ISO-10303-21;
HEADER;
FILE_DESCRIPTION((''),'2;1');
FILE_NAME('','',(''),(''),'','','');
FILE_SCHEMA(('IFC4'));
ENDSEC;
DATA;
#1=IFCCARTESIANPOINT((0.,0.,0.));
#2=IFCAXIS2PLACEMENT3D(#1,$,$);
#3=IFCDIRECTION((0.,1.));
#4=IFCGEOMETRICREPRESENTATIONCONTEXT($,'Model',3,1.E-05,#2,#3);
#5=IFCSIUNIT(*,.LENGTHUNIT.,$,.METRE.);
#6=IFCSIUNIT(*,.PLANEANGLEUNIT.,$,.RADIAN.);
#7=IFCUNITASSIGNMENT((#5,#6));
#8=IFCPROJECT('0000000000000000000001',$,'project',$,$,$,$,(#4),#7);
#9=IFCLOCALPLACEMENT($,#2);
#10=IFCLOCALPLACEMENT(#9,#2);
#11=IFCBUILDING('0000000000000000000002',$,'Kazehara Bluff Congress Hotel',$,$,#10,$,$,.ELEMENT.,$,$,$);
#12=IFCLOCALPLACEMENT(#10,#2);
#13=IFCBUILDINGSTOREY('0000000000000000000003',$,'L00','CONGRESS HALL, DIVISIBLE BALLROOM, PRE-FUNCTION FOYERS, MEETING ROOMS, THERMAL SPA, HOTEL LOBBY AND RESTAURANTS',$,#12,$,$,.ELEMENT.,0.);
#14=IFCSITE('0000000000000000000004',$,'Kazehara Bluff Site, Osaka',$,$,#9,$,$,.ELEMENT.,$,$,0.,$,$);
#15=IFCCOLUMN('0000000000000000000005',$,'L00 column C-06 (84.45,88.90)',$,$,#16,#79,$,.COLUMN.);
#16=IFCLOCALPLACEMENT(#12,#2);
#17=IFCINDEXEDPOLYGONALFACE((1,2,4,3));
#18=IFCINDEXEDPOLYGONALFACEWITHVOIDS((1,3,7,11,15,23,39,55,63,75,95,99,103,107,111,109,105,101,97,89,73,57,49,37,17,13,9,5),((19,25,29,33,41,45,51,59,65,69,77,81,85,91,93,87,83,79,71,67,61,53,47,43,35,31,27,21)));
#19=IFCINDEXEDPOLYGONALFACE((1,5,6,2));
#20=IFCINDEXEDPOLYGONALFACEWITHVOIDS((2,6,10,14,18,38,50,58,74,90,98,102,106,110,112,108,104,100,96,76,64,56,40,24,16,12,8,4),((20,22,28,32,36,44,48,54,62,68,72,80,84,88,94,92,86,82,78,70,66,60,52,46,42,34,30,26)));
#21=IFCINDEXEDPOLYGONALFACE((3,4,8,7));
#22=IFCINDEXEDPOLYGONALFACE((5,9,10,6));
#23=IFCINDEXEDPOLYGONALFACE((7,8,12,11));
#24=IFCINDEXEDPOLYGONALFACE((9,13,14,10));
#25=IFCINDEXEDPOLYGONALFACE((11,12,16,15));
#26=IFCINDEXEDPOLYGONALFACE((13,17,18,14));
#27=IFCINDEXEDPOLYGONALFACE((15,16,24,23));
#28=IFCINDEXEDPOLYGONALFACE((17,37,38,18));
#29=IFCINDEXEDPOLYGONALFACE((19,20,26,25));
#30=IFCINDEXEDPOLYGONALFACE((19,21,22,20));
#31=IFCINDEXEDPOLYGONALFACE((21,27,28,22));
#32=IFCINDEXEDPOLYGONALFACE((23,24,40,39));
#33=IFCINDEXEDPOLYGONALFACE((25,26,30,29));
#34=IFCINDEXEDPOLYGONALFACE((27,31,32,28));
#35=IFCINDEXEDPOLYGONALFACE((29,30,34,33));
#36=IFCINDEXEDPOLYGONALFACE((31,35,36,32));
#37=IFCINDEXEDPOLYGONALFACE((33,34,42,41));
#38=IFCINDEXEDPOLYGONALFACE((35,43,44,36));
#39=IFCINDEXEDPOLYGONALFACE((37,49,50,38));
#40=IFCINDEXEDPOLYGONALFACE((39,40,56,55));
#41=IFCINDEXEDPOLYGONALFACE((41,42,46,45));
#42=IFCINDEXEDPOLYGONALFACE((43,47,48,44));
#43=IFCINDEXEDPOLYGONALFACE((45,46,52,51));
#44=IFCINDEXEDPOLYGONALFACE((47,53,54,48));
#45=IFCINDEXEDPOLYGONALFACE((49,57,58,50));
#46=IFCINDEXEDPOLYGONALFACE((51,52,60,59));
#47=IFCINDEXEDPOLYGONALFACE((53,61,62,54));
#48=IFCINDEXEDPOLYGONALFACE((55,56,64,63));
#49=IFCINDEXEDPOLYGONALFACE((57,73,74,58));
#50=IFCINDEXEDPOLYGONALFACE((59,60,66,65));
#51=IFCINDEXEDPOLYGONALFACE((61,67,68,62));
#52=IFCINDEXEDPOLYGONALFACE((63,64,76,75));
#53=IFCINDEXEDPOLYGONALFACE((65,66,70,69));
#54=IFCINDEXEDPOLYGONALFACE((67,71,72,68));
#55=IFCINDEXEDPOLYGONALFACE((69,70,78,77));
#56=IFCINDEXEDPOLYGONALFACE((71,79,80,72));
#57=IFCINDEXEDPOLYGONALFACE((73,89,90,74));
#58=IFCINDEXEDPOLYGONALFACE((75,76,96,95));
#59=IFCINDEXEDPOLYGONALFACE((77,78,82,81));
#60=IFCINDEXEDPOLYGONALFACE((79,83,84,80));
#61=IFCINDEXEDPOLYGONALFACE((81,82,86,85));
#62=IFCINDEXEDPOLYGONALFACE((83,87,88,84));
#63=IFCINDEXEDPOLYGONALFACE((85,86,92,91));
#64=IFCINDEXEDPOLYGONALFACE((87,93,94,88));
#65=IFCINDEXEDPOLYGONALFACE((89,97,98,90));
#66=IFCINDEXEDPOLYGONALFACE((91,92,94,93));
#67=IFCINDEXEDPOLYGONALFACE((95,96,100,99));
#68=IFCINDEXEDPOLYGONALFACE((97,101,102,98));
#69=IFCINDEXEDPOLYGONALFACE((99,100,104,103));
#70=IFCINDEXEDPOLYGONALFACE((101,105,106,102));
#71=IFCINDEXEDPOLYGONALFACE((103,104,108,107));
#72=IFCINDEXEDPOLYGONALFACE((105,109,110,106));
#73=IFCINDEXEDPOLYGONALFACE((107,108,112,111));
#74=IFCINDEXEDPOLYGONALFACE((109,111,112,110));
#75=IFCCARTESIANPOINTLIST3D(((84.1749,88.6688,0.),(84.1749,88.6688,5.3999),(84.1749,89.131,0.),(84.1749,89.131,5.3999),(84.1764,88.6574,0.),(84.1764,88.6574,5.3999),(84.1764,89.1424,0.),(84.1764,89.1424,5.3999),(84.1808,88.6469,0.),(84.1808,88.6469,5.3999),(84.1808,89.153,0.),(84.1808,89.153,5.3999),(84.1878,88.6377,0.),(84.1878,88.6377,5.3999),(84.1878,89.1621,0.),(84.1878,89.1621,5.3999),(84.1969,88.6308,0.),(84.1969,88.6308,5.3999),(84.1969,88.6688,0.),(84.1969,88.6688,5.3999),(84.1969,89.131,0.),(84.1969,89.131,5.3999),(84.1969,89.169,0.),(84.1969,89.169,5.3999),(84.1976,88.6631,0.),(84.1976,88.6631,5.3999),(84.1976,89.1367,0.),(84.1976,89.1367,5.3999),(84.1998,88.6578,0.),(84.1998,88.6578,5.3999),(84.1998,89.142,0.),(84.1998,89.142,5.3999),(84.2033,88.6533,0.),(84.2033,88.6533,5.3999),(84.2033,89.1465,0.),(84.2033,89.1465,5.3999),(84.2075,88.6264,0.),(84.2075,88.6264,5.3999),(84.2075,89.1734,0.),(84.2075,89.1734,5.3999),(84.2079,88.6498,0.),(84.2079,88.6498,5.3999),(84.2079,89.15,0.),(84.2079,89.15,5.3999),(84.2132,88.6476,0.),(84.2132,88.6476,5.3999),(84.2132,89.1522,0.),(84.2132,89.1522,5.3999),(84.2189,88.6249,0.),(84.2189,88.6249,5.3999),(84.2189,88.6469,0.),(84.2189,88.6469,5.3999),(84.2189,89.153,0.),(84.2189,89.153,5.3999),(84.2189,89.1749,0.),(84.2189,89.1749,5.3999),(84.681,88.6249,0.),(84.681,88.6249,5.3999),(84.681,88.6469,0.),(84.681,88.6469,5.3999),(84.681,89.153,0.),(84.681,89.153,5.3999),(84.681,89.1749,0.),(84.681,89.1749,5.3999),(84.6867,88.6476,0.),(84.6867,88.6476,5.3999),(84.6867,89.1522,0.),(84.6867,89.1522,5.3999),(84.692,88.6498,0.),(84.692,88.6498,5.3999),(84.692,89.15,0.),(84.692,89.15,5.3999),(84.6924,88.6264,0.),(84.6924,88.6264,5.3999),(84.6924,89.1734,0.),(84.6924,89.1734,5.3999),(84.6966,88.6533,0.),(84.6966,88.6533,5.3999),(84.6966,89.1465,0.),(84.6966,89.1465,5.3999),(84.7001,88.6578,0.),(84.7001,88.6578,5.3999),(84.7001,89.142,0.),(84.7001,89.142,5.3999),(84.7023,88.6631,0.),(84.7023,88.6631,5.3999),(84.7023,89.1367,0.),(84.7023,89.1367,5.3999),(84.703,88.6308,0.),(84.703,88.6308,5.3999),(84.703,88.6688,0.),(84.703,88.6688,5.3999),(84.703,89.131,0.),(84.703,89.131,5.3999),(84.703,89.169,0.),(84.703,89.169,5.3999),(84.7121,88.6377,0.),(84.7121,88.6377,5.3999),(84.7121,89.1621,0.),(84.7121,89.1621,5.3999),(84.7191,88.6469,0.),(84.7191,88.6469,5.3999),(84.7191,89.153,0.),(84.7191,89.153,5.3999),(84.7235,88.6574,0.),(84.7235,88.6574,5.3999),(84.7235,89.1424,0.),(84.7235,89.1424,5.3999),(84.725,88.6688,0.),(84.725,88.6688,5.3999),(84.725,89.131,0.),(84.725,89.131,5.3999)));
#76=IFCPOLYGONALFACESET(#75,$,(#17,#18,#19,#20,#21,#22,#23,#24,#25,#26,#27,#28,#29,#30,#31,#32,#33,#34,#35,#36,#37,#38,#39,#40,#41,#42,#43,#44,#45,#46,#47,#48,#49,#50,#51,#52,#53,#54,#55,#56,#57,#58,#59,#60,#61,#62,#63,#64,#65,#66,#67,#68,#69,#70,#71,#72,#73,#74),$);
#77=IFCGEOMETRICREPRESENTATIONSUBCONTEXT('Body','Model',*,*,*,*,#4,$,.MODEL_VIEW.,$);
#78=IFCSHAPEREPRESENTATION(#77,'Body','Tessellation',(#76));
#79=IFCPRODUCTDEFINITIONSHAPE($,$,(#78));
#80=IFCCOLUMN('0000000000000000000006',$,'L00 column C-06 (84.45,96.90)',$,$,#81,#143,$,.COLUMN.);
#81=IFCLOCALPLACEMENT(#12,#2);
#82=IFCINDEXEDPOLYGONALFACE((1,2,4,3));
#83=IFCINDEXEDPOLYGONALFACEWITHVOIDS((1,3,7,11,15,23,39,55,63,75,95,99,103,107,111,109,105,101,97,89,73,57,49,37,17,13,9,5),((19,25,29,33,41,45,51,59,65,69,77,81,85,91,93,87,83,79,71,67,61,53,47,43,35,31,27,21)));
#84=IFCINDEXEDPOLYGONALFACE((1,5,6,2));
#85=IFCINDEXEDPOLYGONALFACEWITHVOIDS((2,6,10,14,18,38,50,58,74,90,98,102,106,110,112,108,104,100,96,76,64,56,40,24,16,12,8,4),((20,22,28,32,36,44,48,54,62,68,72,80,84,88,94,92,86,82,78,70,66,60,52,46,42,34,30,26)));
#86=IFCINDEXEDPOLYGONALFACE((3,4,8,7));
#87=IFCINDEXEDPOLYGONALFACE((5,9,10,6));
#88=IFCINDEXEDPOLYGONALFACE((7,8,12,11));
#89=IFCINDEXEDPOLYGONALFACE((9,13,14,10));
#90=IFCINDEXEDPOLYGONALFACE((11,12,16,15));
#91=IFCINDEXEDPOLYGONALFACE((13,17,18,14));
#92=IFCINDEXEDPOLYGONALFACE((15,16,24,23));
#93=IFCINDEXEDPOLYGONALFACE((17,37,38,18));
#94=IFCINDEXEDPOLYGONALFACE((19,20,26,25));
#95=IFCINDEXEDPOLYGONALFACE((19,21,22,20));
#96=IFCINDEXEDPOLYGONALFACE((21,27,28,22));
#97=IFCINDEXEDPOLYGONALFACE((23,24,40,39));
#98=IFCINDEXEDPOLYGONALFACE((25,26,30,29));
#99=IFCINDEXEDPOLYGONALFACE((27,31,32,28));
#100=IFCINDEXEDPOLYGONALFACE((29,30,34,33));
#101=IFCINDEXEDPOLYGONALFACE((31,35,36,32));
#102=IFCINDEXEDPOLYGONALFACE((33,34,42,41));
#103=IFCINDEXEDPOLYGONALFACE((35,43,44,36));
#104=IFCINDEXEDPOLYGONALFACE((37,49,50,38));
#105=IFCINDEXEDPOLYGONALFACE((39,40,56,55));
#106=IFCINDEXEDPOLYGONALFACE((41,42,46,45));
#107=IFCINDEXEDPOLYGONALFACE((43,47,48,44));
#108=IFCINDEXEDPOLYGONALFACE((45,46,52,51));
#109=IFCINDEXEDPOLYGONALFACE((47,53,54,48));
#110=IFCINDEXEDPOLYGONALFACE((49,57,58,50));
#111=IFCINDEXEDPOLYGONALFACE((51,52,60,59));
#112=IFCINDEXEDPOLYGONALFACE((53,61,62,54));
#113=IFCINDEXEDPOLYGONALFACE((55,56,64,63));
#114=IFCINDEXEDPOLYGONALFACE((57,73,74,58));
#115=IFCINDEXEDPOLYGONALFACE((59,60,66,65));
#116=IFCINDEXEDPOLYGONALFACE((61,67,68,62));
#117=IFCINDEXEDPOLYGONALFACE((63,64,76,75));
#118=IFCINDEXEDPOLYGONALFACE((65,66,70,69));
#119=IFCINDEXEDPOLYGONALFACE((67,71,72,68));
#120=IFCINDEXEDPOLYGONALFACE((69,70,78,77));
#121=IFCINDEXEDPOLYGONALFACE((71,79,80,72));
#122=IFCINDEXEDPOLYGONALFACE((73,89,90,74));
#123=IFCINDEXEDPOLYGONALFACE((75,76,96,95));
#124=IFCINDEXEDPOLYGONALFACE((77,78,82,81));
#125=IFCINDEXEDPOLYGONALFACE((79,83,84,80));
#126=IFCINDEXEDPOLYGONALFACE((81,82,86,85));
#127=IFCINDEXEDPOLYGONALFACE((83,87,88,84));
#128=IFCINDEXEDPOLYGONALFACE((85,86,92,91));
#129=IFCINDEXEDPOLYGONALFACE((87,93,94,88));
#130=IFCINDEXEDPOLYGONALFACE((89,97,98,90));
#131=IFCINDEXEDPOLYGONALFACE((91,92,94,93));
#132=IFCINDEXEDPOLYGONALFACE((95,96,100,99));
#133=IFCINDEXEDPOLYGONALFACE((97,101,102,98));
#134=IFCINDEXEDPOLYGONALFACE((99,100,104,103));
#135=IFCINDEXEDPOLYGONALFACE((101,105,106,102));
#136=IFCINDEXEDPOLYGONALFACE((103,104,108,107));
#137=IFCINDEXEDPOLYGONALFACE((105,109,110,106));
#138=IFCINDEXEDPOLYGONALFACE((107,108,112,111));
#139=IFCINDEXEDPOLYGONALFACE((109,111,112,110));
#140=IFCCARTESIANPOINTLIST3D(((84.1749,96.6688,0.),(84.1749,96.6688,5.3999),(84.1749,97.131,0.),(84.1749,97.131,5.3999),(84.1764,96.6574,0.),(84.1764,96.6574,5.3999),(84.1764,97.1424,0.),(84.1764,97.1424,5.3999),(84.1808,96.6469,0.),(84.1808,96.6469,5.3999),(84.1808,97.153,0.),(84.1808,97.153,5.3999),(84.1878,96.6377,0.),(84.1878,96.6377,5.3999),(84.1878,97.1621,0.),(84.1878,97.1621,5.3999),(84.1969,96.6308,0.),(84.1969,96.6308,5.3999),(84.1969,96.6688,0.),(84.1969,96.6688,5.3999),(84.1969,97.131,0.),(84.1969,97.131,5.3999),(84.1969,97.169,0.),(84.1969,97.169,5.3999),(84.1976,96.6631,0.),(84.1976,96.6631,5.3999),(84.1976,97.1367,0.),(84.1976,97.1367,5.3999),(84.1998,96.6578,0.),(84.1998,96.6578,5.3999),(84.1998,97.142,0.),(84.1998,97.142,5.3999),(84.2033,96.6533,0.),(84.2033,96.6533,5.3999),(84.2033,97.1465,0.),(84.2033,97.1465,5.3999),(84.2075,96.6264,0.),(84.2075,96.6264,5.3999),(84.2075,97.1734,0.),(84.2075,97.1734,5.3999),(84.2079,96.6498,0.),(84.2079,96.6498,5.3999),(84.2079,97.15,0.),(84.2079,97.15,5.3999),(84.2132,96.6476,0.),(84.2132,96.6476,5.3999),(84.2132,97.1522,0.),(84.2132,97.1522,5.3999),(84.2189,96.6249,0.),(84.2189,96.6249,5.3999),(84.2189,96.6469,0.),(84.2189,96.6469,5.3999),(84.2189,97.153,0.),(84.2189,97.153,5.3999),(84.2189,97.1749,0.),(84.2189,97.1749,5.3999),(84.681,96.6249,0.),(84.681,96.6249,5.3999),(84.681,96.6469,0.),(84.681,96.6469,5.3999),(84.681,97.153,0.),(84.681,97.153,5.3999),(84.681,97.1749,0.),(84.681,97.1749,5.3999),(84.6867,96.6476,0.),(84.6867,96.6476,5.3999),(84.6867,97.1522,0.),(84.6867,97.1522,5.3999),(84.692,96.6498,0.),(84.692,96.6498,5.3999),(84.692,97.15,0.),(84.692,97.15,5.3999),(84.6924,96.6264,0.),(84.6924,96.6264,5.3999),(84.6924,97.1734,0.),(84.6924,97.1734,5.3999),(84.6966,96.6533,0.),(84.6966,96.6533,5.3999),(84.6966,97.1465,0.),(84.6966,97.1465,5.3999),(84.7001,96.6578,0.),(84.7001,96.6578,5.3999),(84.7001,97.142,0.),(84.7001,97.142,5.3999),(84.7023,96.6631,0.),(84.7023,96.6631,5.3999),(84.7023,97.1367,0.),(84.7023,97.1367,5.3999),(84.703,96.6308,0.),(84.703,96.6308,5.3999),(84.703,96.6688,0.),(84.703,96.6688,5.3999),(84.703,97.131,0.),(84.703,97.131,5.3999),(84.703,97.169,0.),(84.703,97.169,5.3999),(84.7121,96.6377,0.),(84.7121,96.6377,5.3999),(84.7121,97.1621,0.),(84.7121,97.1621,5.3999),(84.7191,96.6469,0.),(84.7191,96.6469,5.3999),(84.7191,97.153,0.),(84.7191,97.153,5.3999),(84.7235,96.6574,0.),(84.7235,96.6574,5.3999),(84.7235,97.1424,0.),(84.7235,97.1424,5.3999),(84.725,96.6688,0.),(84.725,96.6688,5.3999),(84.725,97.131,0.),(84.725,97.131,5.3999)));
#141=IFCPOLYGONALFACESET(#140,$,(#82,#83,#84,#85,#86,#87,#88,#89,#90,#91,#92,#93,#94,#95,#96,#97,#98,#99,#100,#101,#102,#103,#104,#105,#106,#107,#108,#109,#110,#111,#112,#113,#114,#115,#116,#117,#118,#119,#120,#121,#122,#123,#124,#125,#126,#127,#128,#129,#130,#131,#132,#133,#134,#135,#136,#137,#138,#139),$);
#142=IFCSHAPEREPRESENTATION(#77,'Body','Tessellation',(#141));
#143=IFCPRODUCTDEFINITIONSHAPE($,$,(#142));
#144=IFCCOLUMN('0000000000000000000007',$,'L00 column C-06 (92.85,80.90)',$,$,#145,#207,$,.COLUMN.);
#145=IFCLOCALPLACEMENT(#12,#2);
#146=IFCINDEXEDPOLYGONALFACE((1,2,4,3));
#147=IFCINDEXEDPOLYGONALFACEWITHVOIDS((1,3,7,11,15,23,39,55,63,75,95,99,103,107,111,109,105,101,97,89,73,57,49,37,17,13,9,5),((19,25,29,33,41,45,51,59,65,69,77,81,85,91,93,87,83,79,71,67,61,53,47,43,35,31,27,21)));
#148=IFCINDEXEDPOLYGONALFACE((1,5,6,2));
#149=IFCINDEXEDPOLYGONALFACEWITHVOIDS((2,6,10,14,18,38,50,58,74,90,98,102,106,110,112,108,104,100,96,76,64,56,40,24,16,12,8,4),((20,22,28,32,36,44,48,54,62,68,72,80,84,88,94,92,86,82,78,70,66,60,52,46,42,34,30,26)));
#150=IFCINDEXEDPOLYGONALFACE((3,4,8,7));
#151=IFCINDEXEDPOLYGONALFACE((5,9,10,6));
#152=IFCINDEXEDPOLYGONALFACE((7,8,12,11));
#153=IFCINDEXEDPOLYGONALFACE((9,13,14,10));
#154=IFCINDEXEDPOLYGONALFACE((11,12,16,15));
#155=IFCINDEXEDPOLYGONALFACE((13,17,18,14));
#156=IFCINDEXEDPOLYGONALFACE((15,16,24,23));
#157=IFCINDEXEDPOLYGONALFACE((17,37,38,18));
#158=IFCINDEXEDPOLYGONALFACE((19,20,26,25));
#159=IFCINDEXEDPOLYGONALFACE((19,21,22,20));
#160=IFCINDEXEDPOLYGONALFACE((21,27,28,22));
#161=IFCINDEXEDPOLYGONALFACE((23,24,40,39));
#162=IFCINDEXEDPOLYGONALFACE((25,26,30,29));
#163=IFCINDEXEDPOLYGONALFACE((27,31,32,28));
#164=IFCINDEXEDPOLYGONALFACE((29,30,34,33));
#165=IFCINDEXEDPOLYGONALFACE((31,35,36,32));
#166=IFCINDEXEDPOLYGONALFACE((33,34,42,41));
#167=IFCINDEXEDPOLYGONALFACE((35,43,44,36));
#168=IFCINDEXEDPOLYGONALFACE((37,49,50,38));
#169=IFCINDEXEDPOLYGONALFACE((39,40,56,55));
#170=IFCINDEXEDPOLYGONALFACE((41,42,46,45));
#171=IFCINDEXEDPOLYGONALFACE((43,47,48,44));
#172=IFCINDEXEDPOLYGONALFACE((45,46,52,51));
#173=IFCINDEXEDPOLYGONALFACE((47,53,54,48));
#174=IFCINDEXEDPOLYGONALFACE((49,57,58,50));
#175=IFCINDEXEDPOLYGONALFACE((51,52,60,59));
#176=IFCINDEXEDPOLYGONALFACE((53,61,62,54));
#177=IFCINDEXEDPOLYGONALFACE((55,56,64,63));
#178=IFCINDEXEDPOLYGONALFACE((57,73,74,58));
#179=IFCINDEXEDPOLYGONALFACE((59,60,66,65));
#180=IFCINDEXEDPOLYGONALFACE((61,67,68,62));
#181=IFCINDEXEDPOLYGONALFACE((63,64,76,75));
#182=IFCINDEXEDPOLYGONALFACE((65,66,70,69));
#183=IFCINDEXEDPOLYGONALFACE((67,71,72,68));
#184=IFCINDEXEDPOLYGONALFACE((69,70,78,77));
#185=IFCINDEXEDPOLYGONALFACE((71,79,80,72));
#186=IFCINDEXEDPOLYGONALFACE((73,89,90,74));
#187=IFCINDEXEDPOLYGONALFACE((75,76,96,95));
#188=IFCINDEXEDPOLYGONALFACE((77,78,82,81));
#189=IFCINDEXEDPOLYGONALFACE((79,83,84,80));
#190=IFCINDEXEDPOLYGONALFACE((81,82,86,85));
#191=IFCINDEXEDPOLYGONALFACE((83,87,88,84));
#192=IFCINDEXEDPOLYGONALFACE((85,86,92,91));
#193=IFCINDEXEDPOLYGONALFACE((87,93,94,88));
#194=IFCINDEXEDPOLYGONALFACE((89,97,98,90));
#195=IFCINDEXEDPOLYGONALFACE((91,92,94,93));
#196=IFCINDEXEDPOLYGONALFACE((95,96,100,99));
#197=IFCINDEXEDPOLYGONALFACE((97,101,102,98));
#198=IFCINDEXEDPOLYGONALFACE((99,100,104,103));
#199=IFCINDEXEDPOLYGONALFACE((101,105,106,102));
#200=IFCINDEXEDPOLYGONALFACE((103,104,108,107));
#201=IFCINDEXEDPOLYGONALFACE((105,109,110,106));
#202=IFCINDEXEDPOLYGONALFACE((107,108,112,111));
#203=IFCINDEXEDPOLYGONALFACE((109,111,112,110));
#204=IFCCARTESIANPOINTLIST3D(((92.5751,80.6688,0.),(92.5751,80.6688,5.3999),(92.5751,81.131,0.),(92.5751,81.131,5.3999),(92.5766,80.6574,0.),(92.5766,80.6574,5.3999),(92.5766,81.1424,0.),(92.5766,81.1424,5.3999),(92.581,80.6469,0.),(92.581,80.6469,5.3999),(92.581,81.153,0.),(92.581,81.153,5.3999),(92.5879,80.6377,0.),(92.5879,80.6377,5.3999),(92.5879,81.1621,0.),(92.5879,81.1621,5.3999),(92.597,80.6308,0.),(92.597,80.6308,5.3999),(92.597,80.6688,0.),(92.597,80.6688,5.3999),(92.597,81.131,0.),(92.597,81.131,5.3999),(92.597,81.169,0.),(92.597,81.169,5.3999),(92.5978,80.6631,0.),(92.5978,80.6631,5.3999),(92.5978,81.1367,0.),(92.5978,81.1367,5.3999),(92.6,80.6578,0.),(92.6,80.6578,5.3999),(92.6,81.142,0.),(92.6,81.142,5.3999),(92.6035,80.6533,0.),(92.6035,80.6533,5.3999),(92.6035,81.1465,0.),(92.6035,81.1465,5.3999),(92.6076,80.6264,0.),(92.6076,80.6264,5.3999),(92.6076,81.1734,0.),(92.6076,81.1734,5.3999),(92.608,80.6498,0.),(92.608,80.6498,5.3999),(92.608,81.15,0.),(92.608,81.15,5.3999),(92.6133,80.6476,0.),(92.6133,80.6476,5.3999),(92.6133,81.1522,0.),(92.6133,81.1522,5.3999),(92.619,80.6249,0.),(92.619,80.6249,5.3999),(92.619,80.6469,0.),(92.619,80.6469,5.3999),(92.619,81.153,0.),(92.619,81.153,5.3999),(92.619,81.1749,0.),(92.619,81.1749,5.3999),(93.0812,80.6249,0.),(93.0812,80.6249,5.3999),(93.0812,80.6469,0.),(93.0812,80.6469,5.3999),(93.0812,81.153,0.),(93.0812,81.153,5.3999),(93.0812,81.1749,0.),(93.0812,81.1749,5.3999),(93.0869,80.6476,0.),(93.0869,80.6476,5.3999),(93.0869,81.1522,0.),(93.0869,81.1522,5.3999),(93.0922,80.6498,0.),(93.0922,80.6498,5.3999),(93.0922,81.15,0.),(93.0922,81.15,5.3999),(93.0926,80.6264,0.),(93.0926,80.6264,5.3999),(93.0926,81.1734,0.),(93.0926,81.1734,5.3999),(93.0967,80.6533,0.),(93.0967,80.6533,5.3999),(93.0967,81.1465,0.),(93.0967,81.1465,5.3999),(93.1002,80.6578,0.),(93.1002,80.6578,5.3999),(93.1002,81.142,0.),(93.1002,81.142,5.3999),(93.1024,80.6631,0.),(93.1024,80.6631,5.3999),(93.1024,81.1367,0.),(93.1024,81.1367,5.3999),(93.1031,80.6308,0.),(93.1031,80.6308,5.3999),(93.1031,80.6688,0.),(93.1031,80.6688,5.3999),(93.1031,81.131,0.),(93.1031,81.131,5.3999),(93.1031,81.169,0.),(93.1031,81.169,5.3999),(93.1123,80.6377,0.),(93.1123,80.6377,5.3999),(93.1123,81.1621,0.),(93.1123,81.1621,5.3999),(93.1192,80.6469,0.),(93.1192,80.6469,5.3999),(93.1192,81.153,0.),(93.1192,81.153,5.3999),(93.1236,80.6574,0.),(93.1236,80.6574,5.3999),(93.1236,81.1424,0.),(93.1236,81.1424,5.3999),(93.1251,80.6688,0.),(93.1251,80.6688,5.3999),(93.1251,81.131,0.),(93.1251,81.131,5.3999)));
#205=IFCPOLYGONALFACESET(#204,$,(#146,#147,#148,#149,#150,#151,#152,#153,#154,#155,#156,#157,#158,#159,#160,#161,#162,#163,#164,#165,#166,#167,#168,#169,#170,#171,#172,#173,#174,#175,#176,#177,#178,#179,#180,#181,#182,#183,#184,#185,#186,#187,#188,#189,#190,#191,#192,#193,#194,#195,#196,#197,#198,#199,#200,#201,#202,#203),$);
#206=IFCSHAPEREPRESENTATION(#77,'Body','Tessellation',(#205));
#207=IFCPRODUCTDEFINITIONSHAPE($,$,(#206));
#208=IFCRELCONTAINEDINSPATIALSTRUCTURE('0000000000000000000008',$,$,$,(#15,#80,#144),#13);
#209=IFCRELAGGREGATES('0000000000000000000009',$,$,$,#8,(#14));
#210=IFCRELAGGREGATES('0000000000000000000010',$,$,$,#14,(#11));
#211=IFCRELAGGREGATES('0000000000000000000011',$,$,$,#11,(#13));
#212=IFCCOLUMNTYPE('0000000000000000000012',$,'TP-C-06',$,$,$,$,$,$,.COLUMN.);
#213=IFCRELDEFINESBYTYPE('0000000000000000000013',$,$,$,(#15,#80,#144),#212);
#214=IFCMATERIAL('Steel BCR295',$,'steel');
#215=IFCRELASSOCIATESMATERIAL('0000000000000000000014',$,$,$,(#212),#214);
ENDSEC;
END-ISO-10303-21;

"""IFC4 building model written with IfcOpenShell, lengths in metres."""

from ifc_helpers import new_model, si_unit, direction, frame, origin, origin_2d, place, context, subcontext, project, spatial, hollow_rectangle, extrude, material, material_profile, profile_set, type_object, element, save


model = new_model("IFC4")

# Units and contexts
model_context = context("Model", 3, precision=1e-05, world=origin(), true_north=direction((0.0, 1.0)))
body_context = subcontext(model_context, "Body", "Model", "MODEL_VIEW")
ifc_project = project(units=[si_unit("LENGTHUNIT", "METRE"), si_unit("PLANEANGLEUNIT", "RADIAN")], contexts=[model_context])

# Site, building, storey
site_placement = place(None, origin())
site = spatial("IfcSite", under=ifc_project, at=site_placement, Name="Kazehara Bluff Site, Osaka", CompositionType="ELEMENT", RefElevation=0.0)
building_placement = place(site_placement, origin())
building = spatial("IfcBuilding", under=site, at=building_placement, Name="Kazehara Bluff Congress Hotel", CompositionType="ELEMENT")
storey_placement = place(building_placement, origin())
storey = spatial("IfcBuildingStorey", under=building, at=storey_placement, Name="L00", Description="CONGRESS HALL, DIVISIBLE BALLROOM, PRE-FUNCTION FOYERS, MEETING ROOMS, THERMAL SPA, HOTEL LOBBY AND RESTAURANTS", CompositionType="ELEMENT", Elevation=0.0)

# Columns
ifc_material_1 = material(Name="Steel BCR295", Category="steel")
ifc_material_profile_1 = material_profile(ifc_material_1, hollow_rectangle(XDim=0.55, YDim=0.55, WallThickness=0.022, InnerFilletRadius=0.022, OuterFilletRadius=0.0439, at=origin_2d()))
ifc_profile_set_1 = profile_set([ifc_material_profile_1], Name="Steel BCR295")
column_type = type_object("IfcColumnType", Name="TP-C-06", PredefinedType="COLUMN", material=ifc_profile_set_1)
for number, where, z_axis, x_axis, name in (
    (1, (84.45, 88.8999, 0.0), (0.0, 0.0, 1.0), (1.0, 0.0, 0.0), "L00 column C-06 (84.45,88.90)"),
    (2, (84.45, 96.8999, 0.0), (0.0, 0.0, 1.0), (1.0, 0.0, 0.0), "L00 column C-06 (84.45,96.90)"),
    (3, (92.8501, 80.8999, 0.0), (0.0, 0.0, 1.0), (1.0, 0.0, 0.0), "L00 column C-06 (92.85,80.90)"),
):
    element("IfcColumn", number, at=place(storey_placement, frame(where, z_axis=z_axis, x_axis=x_axis)), inside=storey, type_object=column_type, Name=name, PredefinedType="COLUMN", context=body_context, shape_type="SweptSolid", body=[
        extrude(hollow_rectangle(XDim=0.55, YDim=0.55, WallThickness=0.022, InnerFilletRadius=0.022, OuterFilletRadius=0.0439, at=origin_2d()), origin(), (0.0, 0.0, 1.0), 5.3999),
    ])

save(model, "model.ifc")
